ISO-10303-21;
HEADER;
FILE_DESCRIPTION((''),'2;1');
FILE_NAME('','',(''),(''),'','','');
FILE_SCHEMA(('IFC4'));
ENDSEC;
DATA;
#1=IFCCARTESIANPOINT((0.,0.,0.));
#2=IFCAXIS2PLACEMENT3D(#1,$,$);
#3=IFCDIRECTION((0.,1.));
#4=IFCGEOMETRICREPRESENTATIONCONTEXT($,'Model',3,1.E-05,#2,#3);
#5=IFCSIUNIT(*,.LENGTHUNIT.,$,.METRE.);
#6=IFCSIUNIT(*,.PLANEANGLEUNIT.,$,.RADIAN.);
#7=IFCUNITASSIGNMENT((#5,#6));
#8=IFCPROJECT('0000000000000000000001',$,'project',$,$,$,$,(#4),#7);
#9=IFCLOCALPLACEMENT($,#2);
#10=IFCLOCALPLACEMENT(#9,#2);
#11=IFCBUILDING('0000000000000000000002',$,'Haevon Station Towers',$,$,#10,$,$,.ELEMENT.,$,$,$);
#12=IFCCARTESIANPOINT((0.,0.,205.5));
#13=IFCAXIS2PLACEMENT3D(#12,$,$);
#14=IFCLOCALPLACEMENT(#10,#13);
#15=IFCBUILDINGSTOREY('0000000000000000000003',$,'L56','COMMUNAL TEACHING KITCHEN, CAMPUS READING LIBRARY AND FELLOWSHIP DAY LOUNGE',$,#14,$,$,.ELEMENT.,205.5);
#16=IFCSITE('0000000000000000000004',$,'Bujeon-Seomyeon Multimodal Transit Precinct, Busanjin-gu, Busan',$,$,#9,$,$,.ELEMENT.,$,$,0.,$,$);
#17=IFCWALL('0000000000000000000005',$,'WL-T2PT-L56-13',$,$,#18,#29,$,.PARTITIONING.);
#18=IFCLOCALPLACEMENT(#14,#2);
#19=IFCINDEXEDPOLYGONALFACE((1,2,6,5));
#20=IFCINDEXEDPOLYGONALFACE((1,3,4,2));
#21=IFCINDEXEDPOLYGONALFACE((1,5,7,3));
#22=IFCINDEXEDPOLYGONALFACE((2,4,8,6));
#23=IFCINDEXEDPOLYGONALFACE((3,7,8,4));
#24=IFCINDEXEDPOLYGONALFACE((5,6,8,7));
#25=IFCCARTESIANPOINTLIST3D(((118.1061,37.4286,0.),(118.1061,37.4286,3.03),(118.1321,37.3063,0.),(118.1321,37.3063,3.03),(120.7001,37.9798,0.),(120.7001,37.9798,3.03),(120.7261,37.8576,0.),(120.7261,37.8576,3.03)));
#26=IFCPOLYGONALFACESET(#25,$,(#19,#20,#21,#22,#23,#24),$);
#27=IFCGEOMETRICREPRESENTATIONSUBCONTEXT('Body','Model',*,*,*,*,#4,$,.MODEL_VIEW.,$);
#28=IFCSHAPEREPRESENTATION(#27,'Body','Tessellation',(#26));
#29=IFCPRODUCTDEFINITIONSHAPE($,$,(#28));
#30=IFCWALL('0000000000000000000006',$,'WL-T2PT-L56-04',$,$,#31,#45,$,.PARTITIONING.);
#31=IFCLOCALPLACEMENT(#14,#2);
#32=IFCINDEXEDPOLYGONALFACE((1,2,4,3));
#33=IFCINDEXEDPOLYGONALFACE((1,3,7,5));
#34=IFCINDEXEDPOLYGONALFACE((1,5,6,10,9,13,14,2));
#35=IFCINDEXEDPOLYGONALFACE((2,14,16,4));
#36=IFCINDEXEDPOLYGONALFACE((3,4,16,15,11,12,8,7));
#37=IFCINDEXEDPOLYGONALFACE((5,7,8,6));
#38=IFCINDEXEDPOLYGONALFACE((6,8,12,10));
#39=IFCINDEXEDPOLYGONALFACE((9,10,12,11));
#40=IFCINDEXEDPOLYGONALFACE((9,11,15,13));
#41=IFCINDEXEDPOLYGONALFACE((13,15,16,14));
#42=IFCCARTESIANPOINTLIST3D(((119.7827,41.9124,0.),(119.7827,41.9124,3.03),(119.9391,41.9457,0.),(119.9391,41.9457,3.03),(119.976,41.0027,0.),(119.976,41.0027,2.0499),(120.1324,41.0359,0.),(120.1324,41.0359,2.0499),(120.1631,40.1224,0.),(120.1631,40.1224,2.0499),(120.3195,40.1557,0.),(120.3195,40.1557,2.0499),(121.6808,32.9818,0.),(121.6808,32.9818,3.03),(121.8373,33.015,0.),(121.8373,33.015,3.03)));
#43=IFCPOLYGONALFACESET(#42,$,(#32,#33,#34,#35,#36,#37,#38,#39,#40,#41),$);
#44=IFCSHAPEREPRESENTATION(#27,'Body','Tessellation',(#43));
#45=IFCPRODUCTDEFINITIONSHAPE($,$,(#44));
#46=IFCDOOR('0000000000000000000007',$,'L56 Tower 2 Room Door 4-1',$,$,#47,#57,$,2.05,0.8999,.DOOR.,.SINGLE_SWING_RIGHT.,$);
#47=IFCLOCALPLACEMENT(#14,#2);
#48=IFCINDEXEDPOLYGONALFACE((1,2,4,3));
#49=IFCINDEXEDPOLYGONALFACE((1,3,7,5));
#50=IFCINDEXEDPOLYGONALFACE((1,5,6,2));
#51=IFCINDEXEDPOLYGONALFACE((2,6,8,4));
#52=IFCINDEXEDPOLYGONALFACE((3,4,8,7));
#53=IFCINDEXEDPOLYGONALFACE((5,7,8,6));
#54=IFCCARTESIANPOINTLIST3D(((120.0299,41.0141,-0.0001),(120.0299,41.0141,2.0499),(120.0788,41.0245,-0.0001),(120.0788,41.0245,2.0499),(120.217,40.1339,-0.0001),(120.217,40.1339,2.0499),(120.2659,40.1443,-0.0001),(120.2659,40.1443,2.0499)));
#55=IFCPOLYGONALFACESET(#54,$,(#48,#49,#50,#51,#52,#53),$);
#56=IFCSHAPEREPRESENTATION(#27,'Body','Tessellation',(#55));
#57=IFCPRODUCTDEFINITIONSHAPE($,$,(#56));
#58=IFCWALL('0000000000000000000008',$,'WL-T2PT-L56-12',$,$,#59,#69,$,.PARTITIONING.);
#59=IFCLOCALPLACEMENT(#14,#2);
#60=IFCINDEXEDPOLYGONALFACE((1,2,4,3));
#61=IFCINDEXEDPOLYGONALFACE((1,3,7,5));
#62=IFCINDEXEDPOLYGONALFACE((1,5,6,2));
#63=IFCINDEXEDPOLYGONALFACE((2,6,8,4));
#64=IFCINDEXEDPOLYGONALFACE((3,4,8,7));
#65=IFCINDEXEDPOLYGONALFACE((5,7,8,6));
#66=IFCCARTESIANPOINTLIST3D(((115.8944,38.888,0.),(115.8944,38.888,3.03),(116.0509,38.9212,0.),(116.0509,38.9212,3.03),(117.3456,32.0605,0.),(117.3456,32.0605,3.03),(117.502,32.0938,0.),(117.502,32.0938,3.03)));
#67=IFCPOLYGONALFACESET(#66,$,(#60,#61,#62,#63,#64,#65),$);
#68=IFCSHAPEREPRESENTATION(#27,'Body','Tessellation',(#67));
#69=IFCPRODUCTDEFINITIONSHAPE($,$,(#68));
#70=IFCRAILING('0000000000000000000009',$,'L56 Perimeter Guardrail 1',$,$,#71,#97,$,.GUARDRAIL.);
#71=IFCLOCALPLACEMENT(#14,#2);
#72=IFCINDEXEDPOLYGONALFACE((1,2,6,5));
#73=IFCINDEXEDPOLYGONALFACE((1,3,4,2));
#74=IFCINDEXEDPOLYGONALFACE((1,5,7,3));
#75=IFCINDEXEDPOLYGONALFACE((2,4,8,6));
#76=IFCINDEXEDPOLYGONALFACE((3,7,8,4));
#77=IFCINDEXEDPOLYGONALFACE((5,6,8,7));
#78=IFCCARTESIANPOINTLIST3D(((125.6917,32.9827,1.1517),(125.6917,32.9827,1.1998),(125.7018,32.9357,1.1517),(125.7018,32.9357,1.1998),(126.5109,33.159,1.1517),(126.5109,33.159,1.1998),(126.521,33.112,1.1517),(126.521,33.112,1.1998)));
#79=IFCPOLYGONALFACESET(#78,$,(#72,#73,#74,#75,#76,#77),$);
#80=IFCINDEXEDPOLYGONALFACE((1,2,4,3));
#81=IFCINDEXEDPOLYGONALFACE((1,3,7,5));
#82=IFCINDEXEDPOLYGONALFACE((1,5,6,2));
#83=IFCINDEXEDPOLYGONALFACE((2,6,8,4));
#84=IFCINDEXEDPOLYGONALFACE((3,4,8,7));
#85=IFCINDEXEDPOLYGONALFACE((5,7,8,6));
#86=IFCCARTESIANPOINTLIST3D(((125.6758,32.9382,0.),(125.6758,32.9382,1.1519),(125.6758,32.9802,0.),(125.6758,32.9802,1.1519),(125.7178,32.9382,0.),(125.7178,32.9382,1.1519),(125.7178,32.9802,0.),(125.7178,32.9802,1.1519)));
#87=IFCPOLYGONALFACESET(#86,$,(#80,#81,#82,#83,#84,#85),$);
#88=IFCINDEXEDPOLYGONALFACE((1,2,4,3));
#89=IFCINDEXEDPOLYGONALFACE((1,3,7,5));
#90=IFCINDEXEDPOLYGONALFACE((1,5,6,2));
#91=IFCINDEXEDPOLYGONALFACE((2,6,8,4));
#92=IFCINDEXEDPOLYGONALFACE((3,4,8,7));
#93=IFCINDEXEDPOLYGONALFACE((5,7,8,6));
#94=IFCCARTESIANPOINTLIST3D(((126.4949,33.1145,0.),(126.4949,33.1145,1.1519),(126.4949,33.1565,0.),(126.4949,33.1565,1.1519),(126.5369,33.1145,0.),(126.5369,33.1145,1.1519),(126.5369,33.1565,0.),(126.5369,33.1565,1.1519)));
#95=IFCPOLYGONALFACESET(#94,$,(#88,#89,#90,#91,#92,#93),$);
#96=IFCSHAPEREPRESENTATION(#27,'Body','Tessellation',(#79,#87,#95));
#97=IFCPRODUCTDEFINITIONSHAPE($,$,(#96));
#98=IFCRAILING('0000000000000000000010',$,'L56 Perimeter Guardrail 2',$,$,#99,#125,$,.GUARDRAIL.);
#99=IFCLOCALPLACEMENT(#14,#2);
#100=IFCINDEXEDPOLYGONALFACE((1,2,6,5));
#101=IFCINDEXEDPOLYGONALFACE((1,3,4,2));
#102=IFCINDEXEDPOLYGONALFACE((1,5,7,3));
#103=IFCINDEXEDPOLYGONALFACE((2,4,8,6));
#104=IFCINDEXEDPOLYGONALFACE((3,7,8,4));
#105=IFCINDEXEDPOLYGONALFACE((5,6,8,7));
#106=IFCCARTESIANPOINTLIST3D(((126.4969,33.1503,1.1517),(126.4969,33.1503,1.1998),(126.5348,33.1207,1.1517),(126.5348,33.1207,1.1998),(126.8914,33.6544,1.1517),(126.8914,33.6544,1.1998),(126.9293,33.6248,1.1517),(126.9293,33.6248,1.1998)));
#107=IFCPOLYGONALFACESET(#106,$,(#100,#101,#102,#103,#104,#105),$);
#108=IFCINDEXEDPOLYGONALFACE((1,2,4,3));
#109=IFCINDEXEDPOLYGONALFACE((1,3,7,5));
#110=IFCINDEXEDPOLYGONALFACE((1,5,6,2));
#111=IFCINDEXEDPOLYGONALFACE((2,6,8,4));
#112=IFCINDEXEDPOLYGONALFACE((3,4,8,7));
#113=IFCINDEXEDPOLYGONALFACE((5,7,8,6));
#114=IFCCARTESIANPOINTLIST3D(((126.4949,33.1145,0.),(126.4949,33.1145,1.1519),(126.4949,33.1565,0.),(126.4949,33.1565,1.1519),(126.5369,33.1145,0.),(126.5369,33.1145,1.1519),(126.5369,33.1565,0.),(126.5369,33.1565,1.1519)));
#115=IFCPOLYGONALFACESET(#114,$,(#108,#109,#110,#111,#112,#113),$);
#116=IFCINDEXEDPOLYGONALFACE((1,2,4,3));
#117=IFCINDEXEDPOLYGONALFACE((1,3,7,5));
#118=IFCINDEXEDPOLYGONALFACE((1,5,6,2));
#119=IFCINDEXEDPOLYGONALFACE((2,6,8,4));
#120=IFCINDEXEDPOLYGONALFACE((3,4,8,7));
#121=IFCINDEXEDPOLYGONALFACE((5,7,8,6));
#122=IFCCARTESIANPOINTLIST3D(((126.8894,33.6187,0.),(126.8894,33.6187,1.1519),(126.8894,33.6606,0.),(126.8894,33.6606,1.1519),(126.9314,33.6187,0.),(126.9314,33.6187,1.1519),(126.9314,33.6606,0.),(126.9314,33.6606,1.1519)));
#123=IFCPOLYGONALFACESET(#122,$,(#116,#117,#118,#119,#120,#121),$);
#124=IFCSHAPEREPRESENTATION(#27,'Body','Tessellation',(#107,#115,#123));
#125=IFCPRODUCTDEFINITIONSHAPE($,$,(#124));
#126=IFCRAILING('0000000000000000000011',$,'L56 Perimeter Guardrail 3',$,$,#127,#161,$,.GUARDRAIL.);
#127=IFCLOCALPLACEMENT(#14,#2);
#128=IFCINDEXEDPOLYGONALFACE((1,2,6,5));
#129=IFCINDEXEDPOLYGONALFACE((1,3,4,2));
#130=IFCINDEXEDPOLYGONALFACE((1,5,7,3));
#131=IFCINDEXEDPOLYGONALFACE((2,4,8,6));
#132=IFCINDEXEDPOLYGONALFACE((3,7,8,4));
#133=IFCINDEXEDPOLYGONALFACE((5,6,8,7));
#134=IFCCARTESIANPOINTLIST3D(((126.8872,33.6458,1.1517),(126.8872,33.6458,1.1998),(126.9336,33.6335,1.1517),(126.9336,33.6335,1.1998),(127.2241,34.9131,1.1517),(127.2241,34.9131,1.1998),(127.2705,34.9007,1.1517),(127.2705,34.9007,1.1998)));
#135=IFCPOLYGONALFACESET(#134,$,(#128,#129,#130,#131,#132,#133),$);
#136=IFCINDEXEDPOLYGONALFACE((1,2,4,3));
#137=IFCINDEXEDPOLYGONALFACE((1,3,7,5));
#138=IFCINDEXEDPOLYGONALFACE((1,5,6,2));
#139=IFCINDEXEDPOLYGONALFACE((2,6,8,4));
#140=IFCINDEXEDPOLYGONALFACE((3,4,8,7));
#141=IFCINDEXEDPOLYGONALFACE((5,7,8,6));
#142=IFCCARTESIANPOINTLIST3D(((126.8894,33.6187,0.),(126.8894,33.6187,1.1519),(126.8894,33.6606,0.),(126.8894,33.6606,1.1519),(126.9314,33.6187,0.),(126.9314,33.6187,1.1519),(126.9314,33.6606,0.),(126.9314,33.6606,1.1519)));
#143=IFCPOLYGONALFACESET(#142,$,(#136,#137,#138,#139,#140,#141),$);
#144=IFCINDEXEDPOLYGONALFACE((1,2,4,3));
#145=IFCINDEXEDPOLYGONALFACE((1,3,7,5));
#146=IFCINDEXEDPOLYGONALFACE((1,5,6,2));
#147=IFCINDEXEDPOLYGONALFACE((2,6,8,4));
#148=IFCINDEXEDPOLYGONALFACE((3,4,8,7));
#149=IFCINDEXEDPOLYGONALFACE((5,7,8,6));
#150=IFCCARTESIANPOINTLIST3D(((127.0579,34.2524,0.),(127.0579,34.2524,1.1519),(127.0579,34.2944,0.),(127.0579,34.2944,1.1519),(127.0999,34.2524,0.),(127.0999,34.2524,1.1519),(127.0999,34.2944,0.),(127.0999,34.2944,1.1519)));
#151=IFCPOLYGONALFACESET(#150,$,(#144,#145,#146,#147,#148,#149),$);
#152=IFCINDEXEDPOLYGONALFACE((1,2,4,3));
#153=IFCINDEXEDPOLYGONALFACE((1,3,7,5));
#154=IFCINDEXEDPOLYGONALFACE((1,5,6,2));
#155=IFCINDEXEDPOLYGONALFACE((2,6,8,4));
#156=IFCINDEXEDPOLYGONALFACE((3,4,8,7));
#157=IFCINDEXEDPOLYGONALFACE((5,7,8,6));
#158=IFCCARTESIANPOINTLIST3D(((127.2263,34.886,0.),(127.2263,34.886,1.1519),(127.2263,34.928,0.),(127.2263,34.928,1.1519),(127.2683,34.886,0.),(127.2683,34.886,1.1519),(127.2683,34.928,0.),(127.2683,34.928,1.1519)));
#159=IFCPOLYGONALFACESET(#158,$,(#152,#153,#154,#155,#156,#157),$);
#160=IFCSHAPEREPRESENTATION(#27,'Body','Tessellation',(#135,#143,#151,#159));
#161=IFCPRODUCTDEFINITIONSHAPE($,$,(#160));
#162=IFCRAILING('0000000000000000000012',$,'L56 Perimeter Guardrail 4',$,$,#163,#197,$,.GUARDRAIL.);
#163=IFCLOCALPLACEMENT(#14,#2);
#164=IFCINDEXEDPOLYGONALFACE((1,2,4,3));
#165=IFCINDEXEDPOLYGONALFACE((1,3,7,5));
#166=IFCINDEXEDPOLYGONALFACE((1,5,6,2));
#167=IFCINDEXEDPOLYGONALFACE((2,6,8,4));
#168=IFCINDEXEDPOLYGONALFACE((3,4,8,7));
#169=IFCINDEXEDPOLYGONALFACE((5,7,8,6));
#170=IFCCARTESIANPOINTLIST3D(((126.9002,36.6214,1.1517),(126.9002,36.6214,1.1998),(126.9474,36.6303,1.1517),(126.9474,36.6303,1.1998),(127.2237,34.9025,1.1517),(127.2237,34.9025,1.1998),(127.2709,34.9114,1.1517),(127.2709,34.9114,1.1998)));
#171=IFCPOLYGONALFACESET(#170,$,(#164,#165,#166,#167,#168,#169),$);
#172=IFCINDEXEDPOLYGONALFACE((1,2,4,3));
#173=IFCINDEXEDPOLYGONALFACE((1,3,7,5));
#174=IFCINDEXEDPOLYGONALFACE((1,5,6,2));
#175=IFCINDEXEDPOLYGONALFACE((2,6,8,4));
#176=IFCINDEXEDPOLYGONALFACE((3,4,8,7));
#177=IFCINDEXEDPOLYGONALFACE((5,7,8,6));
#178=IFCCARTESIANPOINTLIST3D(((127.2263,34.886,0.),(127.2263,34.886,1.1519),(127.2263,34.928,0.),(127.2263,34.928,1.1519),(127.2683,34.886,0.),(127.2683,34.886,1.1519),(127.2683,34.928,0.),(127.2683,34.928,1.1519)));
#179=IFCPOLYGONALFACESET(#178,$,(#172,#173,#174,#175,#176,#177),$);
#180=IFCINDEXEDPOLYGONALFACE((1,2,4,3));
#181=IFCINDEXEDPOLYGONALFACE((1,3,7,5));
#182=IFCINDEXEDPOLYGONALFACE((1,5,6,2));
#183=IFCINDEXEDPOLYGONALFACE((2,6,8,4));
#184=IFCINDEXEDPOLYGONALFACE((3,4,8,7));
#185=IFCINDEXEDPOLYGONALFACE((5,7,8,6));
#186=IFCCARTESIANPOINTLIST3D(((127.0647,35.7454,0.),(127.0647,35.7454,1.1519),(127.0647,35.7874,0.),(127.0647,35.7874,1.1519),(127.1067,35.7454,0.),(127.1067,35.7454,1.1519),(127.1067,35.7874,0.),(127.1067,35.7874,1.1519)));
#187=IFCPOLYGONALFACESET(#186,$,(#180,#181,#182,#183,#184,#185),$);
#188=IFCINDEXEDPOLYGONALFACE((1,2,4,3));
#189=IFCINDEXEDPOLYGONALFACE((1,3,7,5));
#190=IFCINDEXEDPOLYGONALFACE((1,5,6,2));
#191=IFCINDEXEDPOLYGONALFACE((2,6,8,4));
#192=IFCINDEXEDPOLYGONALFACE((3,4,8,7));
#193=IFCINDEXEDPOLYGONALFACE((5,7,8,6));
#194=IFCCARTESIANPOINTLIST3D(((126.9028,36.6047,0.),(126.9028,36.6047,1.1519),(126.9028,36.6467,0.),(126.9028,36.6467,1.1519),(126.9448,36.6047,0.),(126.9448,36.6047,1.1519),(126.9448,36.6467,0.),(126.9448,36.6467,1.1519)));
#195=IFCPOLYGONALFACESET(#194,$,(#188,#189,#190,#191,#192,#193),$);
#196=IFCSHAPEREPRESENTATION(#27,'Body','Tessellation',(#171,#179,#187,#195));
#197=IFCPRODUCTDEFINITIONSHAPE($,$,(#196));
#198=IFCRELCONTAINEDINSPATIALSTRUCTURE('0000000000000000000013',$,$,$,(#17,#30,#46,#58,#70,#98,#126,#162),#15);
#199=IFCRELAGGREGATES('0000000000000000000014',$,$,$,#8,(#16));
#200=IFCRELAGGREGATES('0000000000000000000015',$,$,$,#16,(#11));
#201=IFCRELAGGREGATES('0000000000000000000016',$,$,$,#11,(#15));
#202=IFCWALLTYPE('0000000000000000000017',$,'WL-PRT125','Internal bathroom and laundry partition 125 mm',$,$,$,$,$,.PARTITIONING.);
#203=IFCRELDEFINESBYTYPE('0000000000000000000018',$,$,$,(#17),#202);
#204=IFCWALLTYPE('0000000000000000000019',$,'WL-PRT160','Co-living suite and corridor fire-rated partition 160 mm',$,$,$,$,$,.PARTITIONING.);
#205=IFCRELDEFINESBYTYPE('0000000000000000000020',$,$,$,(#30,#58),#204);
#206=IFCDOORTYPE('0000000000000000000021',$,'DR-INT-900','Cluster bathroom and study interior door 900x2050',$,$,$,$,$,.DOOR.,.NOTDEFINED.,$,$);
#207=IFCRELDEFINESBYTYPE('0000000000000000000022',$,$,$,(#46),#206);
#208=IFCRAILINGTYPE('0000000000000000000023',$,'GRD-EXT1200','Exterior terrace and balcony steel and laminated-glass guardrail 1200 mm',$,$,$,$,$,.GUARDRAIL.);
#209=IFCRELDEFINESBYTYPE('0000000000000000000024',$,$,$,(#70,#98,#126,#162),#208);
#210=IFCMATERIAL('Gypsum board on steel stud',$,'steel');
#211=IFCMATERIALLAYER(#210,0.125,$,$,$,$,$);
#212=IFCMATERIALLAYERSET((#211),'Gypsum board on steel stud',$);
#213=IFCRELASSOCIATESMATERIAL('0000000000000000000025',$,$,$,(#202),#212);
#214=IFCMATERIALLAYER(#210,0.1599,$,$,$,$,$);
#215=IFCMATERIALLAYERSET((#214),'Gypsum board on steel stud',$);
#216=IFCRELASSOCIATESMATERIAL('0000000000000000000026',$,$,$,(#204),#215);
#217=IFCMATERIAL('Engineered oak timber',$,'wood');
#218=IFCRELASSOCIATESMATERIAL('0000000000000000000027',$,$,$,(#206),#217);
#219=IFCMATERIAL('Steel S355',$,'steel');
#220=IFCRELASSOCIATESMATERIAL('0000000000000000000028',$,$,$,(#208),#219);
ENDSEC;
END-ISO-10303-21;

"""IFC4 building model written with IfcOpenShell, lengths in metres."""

from ifc_helpers import new_model, si_unit, direction, frame, frame_2d, origin, origin_2d, place, context, subcontext, project, spatial, rectangle, extrude, material, layer, layer_set, type_object, element, fill, save


model = new_model("IFC4")

# Units and contexts
model_context = context("Model", 3, precision=1e-05, world=origin(), true_north=direction((0.0, 1.0)))
body_context = subcontext(model_context, "Body", "Model", "MODEL_VIEW")
ifc_project = project(units=[si_unit("LENGTHUNIT", "METRE"), si_unit("PLANEANGLEUNIT", "RADIAN")], contexts=[model_context])

# Site, building, storey
site_placement = place(None, origin())
site = spatial("IfcSite", under=ifc_project, at=site_placement, Name="Bujeon-Seomyeon Multimodal Transit Precinct, Busanjin-gu, Busan", CompositionType="ELEMENT", RefElevation=0.0)
building_placement = place(site_placement, origin())
building = spatial("IfcBuilding", under=site, at=building_placement, Name="Haevon Station Towers", CompositionType="ELEMENT")
storey_placement = place(building_placement, frame((0.0, 0.0, 205.5)))
storey = spatial("IfcBuildingStorey", under=building, at=storey_placement, Name="L56", Description="COMMUNAL TEACHING KITCHEN, CAMPUS READING LIBRARY AND FELLOWSHIP DAY LOUNGE", CompositionType="ELEMENT", Elevation=205.5)

# Shared definitions
ifc_material_1 = material(Name="Steel S355", Category="steel")

# Wall
ifc_material_2 = material(Name="Gypsum board on steel stud", Category="steel")
ifc_layer_1 = layer(ifc_material_2, 0.125)
ifc_layer_set_1 = layer_set([ifc_layer_1], Name="Gypsum board on steel stud")
wall_type_1 = type_object("IfcWallType", Name="WL-PRT125", Description="Internal bathroom and laundry partition 125 mm", PredefinedType="PARTITIONING", material=ifc_layer_set_1)
wall_1_placement = place(storey_placement, frame((118.1191, 37.3674, 0.0), z_axis=(0.0, 0.0, 1.0), x_axis=(0.978155, 0.207875, 0.0)))
element("IfcWall", 1, at=wall_1_placement, inside=storey, type_object=wall_type_1, Name="WL-T2PT-L56-13", PredefinedType="PARTITIONING", context=body_context, shape_type="SweptSolid", body=[
    extrude(rectangle(XDim=2.6519, YDim=0.125, at=frame_2d((1.3259, 0.0))), origin(), (0.0, 0.0, 1.0), 3.03),
])

# Wall, opening, door
ifc_layer_2 = layer(ifc_material_2, 0.1599)
ifc_layer_set_2 = layer_set([ifc_layer_2], Name="Gypsum board on steel stud")
wall_type_2 = type_object("IfcWallType", Name="WL-PRT160", Description="Co-living suite and corridor fire-rated partition 160 mm", PredefinedType="PARTITIONING", material=ifc_layer_set_2)
wall_2_placement = place(storey_placement, frame((121.759, 32.9985, 0.0), z_axis=(0.0, 0.0, 1.0), x_axis=(-0.207904, 0.978149, 0.0)))
wall_2 = element("IfcWall", 2, at=wall_2_placement, inside=storey, type_object=wall_type_2, Name="WL-T2PT-L56-04", PredefinedType="PARTITIONING", context=body_context, shape_type="SweptSolid", body=[
    extrude(rectangle(XDim=9.1301, YDim=0.1599, at=frame_2d((4.5649, 0.0))), origin(), (0.0, 0.0, 1.0), 3.03),
])
opening_1_placement = place(wall_2_placement, frame((7.3, 0.0, 0.0)))
opening_1 = element("IfcOpeningElement", 3, at=opening_1_placement, cuts=wall_2, PredefinedType="OPENING", context=body_context, shape_type="SweptSolid", body=[
    extrude(rectangle(XDim=0.8999, YDim=2.05, at=frame_2d((0.45, 1.0249))), frame((0.0, 0.0898, 0.0), z_axis=(0.0, -1.0, 0.0), x_axis=(1.0, 0.0, 0.0)), (0.0, 0.0, 1.0), 0.1799),
])
ifc_material_3 = material(Name="Engineered oak timber", Category="wood")
door_type = type_object("IfcDoorType", Name="DR-INT-900", Description="Cluster bathroom and study interior door 900x2050", OperationType="NOTDEFINED", PredefinedType="DOOR", material=ifc_material_3)
door_placement = place(opening_1_placement, origin())
door = element("IfcDoor", 4, at=door_placement, inside=storey, type_object=door_type, Name="L56 Tower 2 Room Door 4-1", OperationType="SINGLE_SWING_RIGHT", OverallHeight=2.05, OverallWidth=0.8999, PredefinedType="DOOR", context=body_context, shape_type="SweptSolid", body=[
    extrude(rectangle(XDim=0.8999, YDim=2.05, at=frame_2d((0.45, 1.0249))), frame((0.0, 0.0249, 0.0), z_axis=(0.0, -1.0, 0.0), x_axis=(1.0, 0.0, 0.0)), (0.0, 0.0, 1.0), 0.05),
])
fill(opening_1, door)

# Wall
wall_3_placement = place(storey_placement, frame((117.4238, 32.0771, 0.0), z_axis=(0.0, 0.0, 1.0), x_axis=(-0.207907, 0.978149, 0.0)))
element("IfcWall", 5, at=wall_3_placement, inside=storey, type_object=wall_type_2, Name="WL-T2PT-L56-12", PredefinedType="PARTITIONING", context=body_context, shape_type="SweptSolid", body=[
    extrude(rectangle(XDim=6.98, YDim=0.1599, at=frame_2d((3.49, 0.0))), origin(), (0.0, 0.0, 1.0), 3.03),
])

# Railings
railing_type = type_object("IfcRailingType", Name="GRD-EXT1200", Description="Exterior terrace and balcony steel and laminated-glass guardrail 1200 mm", PredefinedType="GUARDRAIL", material=ifc_material_1)
railing_1_placement = place(storey_placement, frame((125.6968, 32.9592, 0.0)))
element("IfcRailing", 6, at=railing_1_placement, inside=storey, type_object=railing_type, Name="L56 Perimeter Guardrail 1", PredefinedType="GUARDRAIL", context=body_context, shape_type="SweptSolid", body=[
    extrude(rectangle(XDim=0.0481, YDim=0.0481, at=origin_2d()), frame((0.0, 0.0, 1.1758), z_axis=(0.977619, 0.210385, 0.0), x_axis=(-0.210385, 0.977619, 0.0)), (0.0, 0.0, 1.0), 0.8379),
    extrude(rectangle(XDim=0.042, YDim=0.042, at=origin_2d()), origin(), (0.0, 0.0, 1.0), 1.1519),
    extrude(rectangle(XDim=0.042, YDim=0.042, at=origin_2d()), frame((0.8191, 0.1763, 0.0)), (0.0, 0.0, 1.0), 1.1519),
])
railing_2_placement = place(storey_placement, frame((126.5159, 33.1355, 0.0)))
element("IfcRailing", 7, at=railing_2_placement, inside=storey, type_object=railing_type, Name="L56 Perimeter Guardrail 2", PredefinedType="GUARDRAIL", context=body_context, shape_type="SweptSolid", body=[
    extrude(rectangle(XDim=0.0481, YDim=0.0481, at=origin_2d()), frame((0.0, 0.0, 1.1758), z_axis=(0.616288, 0.787521, 0.0), x_axis=(-0.787521, 0.616288, 0.0)), (0.0, 0.0, 1.0), 0.6401),
    extrude(rectangle(XDim=0.042, YDim=0.042, at=origin_2d()), origin(), (0.0, 0.0, 1.0), 1.1519),
    extrude(rectangle(XDim=0.042, YDim=0.042, at=origin_2d()), frame((0.3945, 0.5042, 0.0)), (0.0, 0.0, 1.0), 1.1519),
])
railing_3_placement = place(storey_placement, frame((126.9104, 33.6396, 0.0)))
element("IfcRailing", 8, at=railing_3_placement, inside=storey, type_object=railing_type, Name="L56 Perimeter Guardrail 3", PredefinedType="GUARDRAIL", context=body_context, shape_type="SweptSolid", body=[
    extrude(rectangle(XDim=0.0481, YDim=0.0481, at=origin_2d()), frame((0.0, 0.0, 1.1758), z_axis=(0.256921, 0.966432, 0.0), x_axis=(-0.966432, 0.256921, 0.0)), (0.0, 0.0, 1.0), 1.3113),
    extrude(rectangle(XDim=0.042, YDim=0.042, at=origin_2d()), origin(), (0.0, 0.0, 1.0), 1.1519),
    extrude(rectangle(XDim=0.042, YDim=0.042, at=origin_2d()), frame((0.1685, 0.6338, 0.0)), (0.0, 0.0, 1.0), 1.1519),
    extrude(rectangle(XDim=0.042, YDim=0.042, at=origin_2d()), frame((0.3369, 1.2673, 0.0)), (0.0, 0.0, 1.0), 1.1519),
])
railing_4_placement = place(storey_placement, frame((127.2473, 34.907, 0.0)))
element("IfcRailing", 9, at=railing_4_placement, inside=storey, type_object=railing_type, Name="L56 Perimeter Guardrail 4", PredefinedType="GUARDRAIL", context=body_context, shape_type="SweptSolid", body=[
    extrude(rectangle(XDim=0.0481, YDim=0.0481, at=origin_2d()), frame((0.0, 0.0, 1.1758), z_axis=(-0.184963, 0.982746, 0.0), x_axis=(-0.982746, -0.184963, 0.0)), (0.0, 0.0, 1.0), 1.749),
    extrude(rectangle(XDim=0.042, YDim=0.042, at=origin_2d()), origin(), (0.0, 0.0, 1.0), 1.1519),
    extrude(rectangle(XDim=0.042, YDim=0.042, at=origin_2d()), frame((-0.1616, 0.8594, 0.0)), (0.0, 0.0, 1.0), 1.1519),
    extrude(rectangle(XDim=0.042, YDim=0.042, at=origin_2d()), frame((-0.3235, 1.7188, 0.0)), (0.0, 0.0, 1.0), 1.1519),
])

save(model, "model.ifc")
